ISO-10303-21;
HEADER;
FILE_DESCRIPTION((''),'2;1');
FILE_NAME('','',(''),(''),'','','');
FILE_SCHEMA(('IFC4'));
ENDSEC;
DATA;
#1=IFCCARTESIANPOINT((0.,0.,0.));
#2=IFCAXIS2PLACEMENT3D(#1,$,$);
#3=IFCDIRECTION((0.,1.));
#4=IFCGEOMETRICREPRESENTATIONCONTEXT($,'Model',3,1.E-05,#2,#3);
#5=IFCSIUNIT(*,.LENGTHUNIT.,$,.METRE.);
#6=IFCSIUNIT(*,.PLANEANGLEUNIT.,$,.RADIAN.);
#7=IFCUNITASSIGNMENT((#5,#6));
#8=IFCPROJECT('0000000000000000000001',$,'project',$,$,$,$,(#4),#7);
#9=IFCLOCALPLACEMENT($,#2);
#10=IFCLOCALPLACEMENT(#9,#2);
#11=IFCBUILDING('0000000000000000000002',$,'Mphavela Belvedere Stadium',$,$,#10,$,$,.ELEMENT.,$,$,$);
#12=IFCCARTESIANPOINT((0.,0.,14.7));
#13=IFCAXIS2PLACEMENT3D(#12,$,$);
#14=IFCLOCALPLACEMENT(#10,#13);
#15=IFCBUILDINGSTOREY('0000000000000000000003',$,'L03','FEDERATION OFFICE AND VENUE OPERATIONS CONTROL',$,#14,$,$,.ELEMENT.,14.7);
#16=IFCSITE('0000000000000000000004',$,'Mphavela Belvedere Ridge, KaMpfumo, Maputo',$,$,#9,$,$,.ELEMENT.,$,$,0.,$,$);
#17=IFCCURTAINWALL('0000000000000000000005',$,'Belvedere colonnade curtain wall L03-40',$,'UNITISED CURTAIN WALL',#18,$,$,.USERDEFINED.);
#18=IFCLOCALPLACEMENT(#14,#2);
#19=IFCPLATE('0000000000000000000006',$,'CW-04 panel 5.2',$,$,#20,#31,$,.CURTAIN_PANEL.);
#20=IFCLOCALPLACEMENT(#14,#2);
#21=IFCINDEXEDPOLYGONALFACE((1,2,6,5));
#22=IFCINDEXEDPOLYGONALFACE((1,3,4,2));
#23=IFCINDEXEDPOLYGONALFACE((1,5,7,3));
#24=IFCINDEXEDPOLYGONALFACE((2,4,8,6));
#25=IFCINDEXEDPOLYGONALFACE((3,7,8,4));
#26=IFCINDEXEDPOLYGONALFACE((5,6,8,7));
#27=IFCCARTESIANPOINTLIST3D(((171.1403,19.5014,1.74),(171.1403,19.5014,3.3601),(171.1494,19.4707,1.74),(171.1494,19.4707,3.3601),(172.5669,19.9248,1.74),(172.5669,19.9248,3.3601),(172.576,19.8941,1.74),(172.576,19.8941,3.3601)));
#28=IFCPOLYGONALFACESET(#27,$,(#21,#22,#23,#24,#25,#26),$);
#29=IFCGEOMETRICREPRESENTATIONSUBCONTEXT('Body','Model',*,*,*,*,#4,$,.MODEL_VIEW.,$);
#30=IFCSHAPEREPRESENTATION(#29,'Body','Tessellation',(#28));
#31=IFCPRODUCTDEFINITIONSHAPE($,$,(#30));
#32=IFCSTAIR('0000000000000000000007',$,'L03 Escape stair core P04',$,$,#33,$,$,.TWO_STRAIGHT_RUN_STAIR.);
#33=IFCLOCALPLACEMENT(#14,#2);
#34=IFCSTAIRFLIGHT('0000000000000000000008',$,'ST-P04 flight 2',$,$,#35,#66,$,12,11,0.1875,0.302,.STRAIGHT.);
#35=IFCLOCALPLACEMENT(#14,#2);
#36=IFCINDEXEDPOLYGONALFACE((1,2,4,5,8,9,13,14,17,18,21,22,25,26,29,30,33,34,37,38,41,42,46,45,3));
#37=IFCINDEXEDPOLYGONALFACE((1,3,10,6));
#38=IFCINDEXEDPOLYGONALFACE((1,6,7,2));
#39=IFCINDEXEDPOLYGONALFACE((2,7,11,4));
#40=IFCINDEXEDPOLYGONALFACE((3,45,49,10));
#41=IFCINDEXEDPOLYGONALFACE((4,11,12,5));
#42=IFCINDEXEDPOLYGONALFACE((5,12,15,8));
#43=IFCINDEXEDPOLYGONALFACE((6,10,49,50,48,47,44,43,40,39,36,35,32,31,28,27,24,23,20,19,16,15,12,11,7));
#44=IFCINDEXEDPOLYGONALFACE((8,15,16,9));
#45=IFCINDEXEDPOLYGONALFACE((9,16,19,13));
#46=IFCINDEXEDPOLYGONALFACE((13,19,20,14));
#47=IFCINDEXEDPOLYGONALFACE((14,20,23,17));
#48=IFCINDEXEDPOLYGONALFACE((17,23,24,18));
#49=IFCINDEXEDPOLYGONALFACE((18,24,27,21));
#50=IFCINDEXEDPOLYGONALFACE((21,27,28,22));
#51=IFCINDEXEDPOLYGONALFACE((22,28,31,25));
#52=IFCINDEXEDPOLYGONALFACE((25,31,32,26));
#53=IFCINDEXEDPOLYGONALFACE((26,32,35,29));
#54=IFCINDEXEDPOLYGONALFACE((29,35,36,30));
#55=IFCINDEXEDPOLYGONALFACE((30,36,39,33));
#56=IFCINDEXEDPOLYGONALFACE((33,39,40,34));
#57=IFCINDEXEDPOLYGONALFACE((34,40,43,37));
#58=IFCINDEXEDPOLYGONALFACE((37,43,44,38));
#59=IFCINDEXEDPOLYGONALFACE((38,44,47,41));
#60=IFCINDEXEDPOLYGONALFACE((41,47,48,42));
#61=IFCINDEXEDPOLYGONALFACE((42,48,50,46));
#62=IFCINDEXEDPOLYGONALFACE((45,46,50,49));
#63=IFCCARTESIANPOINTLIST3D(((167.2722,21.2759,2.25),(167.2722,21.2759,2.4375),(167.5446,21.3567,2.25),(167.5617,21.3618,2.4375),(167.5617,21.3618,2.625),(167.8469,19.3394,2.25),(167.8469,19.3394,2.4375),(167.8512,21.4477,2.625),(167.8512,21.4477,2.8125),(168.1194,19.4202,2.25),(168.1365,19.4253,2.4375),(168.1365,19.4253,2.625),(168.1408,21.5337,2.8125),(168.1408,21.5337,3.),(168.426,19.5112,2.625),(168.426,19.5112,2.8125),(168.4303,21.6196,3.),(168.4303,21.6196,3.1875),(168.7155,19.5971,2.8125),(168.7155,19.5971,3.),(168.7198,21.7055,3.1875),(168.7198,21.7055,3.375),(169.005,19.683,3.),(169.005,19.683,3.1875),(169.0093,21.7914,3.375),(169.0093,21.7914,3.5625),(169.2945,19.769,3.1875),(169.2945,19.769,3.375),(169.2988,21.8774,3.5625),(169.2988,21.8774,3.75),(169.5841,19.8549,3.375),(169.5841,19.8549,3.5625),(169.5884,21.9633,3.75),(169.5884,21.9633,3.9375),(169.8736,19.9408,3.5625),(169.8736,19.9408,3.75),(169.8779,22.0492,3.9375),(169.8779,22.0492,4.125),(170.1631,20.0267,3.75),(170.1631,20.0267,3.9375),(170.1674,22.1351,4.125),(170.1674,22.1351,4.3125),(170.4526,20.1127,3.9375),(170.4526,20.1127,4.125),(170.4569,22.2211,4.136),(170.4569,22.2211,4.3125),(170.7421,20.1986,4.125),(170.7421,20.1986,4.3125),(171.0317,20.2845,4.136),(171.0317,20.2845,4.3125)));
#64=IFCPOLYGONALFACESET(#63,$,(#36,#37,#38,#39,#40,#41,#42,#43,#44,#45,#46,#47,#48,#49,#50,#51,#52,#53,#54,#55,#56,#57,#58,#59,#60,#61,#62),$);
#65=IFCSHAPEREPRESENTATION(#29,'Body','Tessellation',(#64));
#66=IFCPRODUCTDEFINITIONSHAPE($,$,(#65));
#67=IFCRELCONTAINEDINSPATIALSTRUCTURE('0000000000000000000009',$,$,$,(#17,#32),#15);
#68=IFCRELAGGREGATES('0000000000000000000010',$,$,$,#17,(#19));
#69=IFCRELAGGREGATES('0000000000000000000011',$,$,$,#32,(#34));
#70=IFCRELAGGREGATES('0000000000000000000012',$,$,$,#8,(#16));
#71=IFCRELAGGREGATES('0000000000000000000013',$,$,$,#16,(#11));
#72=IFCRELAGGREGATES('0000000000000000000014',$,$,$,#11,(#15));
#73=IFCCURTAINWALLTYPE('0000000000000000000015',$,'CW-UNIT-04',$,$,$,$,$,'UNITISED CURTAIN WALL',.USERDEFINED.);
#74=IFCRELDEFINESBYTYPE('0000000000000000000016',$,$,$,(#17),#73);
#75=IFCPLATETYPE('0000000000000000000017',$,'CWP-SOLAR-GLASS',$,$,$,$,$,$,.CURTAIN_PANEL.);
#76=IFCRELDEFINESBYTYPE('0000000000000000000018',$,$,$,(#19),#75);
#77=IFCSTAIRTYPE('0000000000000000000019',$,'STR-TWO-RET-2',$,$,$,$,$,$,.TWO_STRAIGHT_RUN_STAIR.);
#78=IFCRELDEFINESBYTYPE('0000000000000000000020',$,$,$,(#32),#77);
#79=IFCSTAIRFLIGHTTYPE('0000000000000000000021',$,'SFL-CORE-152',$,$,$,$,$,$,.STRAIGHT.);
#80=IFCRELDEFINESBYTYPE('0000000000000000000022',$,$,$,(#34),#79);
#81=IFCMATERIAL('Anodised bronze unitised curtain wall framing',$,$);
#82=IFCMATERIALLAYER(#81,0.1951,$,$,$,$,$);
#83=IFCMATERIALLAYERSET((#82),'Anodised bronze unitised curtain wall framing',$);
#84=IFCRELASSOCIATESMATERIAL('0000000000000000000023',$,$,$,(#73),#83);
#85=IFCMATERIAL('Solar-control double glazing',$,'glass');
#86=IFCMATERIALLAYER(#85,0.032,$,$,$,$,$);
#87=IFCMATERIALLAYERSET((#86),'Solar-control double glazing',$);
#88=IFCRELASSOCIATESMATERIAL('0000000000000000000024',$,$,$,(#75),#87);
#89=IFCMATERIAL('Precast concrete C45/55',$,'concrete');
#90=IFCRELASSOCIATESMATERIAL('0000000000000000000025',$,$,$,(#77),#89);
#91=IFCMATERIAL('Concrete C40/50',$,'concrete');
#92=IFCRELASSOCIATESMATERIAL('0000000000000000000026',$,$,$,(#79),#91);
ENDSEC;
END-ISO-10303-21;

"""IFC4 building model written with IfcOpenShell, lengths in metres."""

from ifc_helpers import new_model, si_unit, direction, frame, origin, origin_2d, place, context, subcontext, project, spatial, polyline, rectangle, outline, extrude, material, layer, layer_set, type_object, element, aggregate, save


model = new_model("IFC4")

# Units and contexts
model_context = context("Model", 3, precision=1e-05, world=origin(), true_north=direction((0.0, 1.0)))
body_context = subcontext(model_context, "Body", "Model", "MODEL_VIEW")
ifc_project = project(units=[si_unit("LENGTHUNIT", "METRE"), si_unit("PLANEANGLEUNIT", "RADIAN")], contexts=[model_context])

# Site, building, storey
site_placement = place(None, origin())
site = spatial("IfcSite", under=ifc_project, at=site_placement, Name="Mphavela Belvedere Ridge, KaMpfumo, Maputo", CompositionType="ELEMENT", RefElevation=0.0)
building_placement = place(site_placement, origin())
building = spatial("IfcBuilding", under=site, at=building_placement, Name="Mphavela Belvedere Stadium", CompositionType="ELEMENT")
storey_placement = place(building_placement, frame((0.0, 0.0, 14.7)))
storey = spatial("IfcBuildingStorey", under=building, at=storey_placement, Name="L03", Description="FEDERATION OFFICE AND VENUE OPERATIONS CONTROL", CompositionType="ELEMENT", Elevation=14.7)

# Curtain wall, plate
ifc_material_1 = material(Name="Anodised bronze unitised curtain wall framing")
ifc_layer_1 = layer(ifc_material_1, 0.1951)
ifc_layer_set_1 = layer_set([ifc_layer_1], Name="Anodised bronze unitised curtain wall framing")
curtain_wall_type = type_object("IfcCurtainWallType", Name="CW-UNIT-04", ElementType="UNITISED CURTAIN WALL", PredefinedType="USERDEFINED", material=ifc_layer_set_1)
curtain_wall_placement = place(storey_placement, origin())
curtain_wall = element("IfcCurtainWall", 1, at=curtain_wall_placement, inside=storey, type_object=curtain_wall_type, Name="Belvedere colonnade curtain wall L03-40", ObjectType="UNITISED CURTAIN WALL", PredefinedType="USERDEFINED")
ifc_material_2 = material(Name="Solar-control double glazing", Category="glass")
ifc_layer_2 = layer(ifc_material_2, 0.032)
ifc_layer_set_2 = layer_set([ifc_layer_2], Name="Solar-control double glazing")
plate_type = type_object("IfcPlateType", Name="CWP-SOLAR-GLASS", PredefinedType="CURTAIN_PANEL", material=ifc_layer_set_2)
plate_1_placement = place(storey_placement, frame((171.8582, 19.6978, 1.74), z_axis=(0.0, 0.0, 1.0), x_axis=(0.958657, 0.284565, 0.0)))
plate_1 = element("IfcPlate", 2, at=plate_1_placement, type_object=plate_type, Name="CW-04 panel 5.2", PredefinedType="CURTAIN_PANEL", context=body_context, shape_type="SweptSolid", body=[
    extrude(rectangle(XDim=1.488, YDim=0.032, at=origin_2d()), origin(), (0.0, 0.0, 1.0), 1.6201),
])
aggregate(curtain_wall, [plate_1])

# Stair, stair flight
ifc_material_3 = material(Name="Precast concrete C45/55", Category="concrete")
stair_type = type_object("IfcStairType", Name="STR-TWO-RET-2", PredefinedType="TWO_STRAIGHT_RUN_STAIR", material=ifc_material_3)
stair_placement = place(storey_placement, origin())
stair = element("IfcStair", 3, at=stair_placement, inside=storey, type_object=stair_type, Name="L03 Escape stair core P04", PredefinedType="TWO_STRAIGHT_RUN_STAIR")
ifc_material_4 = material(Name="Concrete C40/50", Category="concrete")
stair_flight_type = type_object("IfcStairFlightType", Name="SFL-CORE-152", PredefinedType="STRAIGHT", material=ifc_material_4)
stair_flight_placement = place(storey_placement, frame((167.5596, 20.3076, 2.25), z_axis=(0.0, 0.0, 1.0), x_axis=(0.958671, 0.284517, 0.0)))
stair_flight = element("IfcStairFlight", 4, at=stair_flight_placement, type_object=stair_flight_type, Name="ST-P04 flight 2", NumberOfRisers=12, NumberOfTreads=11, PredefinedType="STRAIGHT", RiserHeight=0.1875, TreadLength=0.302, context=body_context, shape_type="SweptSolid", body=[
    extrude(outline(polyline([(0.0, 0.0), (0.0, 0.1875), (0.302, 0.1875), (0.302, 0.375), (0.604, 0.375), (0.604, 0.5625), (0.906, 0.5625), (0.906, 0.75), (1.208, 0.75), (1.208, 0.9375), (1.51, 0.9375), (1.51, 1.125), (1.812, 1.125), (1.812, 1.3125), (2.114, 1.3125), (2.114, 1.5), (2.416, 1.5), (2.416, 1.6875), (2.718, 1.6875), (2.718, 1.875), (3.02, 1.875), (3.02, 2.0625), (3.322, 2.0625), (3.322, 2.25), (3.322, 1.886), (0.2842, 0.0), (0.0, 0.0)])), frame((0.0, 1.01, 0.0), z_axis=(0.0, -1.0, 0.0), x_axis=(1.0, 0.0, 0.0)), (0.0, 0.0, 1.0), 2.02),
])
aggregate(stair, [stair_flight])

save(model, "model.ifc")
